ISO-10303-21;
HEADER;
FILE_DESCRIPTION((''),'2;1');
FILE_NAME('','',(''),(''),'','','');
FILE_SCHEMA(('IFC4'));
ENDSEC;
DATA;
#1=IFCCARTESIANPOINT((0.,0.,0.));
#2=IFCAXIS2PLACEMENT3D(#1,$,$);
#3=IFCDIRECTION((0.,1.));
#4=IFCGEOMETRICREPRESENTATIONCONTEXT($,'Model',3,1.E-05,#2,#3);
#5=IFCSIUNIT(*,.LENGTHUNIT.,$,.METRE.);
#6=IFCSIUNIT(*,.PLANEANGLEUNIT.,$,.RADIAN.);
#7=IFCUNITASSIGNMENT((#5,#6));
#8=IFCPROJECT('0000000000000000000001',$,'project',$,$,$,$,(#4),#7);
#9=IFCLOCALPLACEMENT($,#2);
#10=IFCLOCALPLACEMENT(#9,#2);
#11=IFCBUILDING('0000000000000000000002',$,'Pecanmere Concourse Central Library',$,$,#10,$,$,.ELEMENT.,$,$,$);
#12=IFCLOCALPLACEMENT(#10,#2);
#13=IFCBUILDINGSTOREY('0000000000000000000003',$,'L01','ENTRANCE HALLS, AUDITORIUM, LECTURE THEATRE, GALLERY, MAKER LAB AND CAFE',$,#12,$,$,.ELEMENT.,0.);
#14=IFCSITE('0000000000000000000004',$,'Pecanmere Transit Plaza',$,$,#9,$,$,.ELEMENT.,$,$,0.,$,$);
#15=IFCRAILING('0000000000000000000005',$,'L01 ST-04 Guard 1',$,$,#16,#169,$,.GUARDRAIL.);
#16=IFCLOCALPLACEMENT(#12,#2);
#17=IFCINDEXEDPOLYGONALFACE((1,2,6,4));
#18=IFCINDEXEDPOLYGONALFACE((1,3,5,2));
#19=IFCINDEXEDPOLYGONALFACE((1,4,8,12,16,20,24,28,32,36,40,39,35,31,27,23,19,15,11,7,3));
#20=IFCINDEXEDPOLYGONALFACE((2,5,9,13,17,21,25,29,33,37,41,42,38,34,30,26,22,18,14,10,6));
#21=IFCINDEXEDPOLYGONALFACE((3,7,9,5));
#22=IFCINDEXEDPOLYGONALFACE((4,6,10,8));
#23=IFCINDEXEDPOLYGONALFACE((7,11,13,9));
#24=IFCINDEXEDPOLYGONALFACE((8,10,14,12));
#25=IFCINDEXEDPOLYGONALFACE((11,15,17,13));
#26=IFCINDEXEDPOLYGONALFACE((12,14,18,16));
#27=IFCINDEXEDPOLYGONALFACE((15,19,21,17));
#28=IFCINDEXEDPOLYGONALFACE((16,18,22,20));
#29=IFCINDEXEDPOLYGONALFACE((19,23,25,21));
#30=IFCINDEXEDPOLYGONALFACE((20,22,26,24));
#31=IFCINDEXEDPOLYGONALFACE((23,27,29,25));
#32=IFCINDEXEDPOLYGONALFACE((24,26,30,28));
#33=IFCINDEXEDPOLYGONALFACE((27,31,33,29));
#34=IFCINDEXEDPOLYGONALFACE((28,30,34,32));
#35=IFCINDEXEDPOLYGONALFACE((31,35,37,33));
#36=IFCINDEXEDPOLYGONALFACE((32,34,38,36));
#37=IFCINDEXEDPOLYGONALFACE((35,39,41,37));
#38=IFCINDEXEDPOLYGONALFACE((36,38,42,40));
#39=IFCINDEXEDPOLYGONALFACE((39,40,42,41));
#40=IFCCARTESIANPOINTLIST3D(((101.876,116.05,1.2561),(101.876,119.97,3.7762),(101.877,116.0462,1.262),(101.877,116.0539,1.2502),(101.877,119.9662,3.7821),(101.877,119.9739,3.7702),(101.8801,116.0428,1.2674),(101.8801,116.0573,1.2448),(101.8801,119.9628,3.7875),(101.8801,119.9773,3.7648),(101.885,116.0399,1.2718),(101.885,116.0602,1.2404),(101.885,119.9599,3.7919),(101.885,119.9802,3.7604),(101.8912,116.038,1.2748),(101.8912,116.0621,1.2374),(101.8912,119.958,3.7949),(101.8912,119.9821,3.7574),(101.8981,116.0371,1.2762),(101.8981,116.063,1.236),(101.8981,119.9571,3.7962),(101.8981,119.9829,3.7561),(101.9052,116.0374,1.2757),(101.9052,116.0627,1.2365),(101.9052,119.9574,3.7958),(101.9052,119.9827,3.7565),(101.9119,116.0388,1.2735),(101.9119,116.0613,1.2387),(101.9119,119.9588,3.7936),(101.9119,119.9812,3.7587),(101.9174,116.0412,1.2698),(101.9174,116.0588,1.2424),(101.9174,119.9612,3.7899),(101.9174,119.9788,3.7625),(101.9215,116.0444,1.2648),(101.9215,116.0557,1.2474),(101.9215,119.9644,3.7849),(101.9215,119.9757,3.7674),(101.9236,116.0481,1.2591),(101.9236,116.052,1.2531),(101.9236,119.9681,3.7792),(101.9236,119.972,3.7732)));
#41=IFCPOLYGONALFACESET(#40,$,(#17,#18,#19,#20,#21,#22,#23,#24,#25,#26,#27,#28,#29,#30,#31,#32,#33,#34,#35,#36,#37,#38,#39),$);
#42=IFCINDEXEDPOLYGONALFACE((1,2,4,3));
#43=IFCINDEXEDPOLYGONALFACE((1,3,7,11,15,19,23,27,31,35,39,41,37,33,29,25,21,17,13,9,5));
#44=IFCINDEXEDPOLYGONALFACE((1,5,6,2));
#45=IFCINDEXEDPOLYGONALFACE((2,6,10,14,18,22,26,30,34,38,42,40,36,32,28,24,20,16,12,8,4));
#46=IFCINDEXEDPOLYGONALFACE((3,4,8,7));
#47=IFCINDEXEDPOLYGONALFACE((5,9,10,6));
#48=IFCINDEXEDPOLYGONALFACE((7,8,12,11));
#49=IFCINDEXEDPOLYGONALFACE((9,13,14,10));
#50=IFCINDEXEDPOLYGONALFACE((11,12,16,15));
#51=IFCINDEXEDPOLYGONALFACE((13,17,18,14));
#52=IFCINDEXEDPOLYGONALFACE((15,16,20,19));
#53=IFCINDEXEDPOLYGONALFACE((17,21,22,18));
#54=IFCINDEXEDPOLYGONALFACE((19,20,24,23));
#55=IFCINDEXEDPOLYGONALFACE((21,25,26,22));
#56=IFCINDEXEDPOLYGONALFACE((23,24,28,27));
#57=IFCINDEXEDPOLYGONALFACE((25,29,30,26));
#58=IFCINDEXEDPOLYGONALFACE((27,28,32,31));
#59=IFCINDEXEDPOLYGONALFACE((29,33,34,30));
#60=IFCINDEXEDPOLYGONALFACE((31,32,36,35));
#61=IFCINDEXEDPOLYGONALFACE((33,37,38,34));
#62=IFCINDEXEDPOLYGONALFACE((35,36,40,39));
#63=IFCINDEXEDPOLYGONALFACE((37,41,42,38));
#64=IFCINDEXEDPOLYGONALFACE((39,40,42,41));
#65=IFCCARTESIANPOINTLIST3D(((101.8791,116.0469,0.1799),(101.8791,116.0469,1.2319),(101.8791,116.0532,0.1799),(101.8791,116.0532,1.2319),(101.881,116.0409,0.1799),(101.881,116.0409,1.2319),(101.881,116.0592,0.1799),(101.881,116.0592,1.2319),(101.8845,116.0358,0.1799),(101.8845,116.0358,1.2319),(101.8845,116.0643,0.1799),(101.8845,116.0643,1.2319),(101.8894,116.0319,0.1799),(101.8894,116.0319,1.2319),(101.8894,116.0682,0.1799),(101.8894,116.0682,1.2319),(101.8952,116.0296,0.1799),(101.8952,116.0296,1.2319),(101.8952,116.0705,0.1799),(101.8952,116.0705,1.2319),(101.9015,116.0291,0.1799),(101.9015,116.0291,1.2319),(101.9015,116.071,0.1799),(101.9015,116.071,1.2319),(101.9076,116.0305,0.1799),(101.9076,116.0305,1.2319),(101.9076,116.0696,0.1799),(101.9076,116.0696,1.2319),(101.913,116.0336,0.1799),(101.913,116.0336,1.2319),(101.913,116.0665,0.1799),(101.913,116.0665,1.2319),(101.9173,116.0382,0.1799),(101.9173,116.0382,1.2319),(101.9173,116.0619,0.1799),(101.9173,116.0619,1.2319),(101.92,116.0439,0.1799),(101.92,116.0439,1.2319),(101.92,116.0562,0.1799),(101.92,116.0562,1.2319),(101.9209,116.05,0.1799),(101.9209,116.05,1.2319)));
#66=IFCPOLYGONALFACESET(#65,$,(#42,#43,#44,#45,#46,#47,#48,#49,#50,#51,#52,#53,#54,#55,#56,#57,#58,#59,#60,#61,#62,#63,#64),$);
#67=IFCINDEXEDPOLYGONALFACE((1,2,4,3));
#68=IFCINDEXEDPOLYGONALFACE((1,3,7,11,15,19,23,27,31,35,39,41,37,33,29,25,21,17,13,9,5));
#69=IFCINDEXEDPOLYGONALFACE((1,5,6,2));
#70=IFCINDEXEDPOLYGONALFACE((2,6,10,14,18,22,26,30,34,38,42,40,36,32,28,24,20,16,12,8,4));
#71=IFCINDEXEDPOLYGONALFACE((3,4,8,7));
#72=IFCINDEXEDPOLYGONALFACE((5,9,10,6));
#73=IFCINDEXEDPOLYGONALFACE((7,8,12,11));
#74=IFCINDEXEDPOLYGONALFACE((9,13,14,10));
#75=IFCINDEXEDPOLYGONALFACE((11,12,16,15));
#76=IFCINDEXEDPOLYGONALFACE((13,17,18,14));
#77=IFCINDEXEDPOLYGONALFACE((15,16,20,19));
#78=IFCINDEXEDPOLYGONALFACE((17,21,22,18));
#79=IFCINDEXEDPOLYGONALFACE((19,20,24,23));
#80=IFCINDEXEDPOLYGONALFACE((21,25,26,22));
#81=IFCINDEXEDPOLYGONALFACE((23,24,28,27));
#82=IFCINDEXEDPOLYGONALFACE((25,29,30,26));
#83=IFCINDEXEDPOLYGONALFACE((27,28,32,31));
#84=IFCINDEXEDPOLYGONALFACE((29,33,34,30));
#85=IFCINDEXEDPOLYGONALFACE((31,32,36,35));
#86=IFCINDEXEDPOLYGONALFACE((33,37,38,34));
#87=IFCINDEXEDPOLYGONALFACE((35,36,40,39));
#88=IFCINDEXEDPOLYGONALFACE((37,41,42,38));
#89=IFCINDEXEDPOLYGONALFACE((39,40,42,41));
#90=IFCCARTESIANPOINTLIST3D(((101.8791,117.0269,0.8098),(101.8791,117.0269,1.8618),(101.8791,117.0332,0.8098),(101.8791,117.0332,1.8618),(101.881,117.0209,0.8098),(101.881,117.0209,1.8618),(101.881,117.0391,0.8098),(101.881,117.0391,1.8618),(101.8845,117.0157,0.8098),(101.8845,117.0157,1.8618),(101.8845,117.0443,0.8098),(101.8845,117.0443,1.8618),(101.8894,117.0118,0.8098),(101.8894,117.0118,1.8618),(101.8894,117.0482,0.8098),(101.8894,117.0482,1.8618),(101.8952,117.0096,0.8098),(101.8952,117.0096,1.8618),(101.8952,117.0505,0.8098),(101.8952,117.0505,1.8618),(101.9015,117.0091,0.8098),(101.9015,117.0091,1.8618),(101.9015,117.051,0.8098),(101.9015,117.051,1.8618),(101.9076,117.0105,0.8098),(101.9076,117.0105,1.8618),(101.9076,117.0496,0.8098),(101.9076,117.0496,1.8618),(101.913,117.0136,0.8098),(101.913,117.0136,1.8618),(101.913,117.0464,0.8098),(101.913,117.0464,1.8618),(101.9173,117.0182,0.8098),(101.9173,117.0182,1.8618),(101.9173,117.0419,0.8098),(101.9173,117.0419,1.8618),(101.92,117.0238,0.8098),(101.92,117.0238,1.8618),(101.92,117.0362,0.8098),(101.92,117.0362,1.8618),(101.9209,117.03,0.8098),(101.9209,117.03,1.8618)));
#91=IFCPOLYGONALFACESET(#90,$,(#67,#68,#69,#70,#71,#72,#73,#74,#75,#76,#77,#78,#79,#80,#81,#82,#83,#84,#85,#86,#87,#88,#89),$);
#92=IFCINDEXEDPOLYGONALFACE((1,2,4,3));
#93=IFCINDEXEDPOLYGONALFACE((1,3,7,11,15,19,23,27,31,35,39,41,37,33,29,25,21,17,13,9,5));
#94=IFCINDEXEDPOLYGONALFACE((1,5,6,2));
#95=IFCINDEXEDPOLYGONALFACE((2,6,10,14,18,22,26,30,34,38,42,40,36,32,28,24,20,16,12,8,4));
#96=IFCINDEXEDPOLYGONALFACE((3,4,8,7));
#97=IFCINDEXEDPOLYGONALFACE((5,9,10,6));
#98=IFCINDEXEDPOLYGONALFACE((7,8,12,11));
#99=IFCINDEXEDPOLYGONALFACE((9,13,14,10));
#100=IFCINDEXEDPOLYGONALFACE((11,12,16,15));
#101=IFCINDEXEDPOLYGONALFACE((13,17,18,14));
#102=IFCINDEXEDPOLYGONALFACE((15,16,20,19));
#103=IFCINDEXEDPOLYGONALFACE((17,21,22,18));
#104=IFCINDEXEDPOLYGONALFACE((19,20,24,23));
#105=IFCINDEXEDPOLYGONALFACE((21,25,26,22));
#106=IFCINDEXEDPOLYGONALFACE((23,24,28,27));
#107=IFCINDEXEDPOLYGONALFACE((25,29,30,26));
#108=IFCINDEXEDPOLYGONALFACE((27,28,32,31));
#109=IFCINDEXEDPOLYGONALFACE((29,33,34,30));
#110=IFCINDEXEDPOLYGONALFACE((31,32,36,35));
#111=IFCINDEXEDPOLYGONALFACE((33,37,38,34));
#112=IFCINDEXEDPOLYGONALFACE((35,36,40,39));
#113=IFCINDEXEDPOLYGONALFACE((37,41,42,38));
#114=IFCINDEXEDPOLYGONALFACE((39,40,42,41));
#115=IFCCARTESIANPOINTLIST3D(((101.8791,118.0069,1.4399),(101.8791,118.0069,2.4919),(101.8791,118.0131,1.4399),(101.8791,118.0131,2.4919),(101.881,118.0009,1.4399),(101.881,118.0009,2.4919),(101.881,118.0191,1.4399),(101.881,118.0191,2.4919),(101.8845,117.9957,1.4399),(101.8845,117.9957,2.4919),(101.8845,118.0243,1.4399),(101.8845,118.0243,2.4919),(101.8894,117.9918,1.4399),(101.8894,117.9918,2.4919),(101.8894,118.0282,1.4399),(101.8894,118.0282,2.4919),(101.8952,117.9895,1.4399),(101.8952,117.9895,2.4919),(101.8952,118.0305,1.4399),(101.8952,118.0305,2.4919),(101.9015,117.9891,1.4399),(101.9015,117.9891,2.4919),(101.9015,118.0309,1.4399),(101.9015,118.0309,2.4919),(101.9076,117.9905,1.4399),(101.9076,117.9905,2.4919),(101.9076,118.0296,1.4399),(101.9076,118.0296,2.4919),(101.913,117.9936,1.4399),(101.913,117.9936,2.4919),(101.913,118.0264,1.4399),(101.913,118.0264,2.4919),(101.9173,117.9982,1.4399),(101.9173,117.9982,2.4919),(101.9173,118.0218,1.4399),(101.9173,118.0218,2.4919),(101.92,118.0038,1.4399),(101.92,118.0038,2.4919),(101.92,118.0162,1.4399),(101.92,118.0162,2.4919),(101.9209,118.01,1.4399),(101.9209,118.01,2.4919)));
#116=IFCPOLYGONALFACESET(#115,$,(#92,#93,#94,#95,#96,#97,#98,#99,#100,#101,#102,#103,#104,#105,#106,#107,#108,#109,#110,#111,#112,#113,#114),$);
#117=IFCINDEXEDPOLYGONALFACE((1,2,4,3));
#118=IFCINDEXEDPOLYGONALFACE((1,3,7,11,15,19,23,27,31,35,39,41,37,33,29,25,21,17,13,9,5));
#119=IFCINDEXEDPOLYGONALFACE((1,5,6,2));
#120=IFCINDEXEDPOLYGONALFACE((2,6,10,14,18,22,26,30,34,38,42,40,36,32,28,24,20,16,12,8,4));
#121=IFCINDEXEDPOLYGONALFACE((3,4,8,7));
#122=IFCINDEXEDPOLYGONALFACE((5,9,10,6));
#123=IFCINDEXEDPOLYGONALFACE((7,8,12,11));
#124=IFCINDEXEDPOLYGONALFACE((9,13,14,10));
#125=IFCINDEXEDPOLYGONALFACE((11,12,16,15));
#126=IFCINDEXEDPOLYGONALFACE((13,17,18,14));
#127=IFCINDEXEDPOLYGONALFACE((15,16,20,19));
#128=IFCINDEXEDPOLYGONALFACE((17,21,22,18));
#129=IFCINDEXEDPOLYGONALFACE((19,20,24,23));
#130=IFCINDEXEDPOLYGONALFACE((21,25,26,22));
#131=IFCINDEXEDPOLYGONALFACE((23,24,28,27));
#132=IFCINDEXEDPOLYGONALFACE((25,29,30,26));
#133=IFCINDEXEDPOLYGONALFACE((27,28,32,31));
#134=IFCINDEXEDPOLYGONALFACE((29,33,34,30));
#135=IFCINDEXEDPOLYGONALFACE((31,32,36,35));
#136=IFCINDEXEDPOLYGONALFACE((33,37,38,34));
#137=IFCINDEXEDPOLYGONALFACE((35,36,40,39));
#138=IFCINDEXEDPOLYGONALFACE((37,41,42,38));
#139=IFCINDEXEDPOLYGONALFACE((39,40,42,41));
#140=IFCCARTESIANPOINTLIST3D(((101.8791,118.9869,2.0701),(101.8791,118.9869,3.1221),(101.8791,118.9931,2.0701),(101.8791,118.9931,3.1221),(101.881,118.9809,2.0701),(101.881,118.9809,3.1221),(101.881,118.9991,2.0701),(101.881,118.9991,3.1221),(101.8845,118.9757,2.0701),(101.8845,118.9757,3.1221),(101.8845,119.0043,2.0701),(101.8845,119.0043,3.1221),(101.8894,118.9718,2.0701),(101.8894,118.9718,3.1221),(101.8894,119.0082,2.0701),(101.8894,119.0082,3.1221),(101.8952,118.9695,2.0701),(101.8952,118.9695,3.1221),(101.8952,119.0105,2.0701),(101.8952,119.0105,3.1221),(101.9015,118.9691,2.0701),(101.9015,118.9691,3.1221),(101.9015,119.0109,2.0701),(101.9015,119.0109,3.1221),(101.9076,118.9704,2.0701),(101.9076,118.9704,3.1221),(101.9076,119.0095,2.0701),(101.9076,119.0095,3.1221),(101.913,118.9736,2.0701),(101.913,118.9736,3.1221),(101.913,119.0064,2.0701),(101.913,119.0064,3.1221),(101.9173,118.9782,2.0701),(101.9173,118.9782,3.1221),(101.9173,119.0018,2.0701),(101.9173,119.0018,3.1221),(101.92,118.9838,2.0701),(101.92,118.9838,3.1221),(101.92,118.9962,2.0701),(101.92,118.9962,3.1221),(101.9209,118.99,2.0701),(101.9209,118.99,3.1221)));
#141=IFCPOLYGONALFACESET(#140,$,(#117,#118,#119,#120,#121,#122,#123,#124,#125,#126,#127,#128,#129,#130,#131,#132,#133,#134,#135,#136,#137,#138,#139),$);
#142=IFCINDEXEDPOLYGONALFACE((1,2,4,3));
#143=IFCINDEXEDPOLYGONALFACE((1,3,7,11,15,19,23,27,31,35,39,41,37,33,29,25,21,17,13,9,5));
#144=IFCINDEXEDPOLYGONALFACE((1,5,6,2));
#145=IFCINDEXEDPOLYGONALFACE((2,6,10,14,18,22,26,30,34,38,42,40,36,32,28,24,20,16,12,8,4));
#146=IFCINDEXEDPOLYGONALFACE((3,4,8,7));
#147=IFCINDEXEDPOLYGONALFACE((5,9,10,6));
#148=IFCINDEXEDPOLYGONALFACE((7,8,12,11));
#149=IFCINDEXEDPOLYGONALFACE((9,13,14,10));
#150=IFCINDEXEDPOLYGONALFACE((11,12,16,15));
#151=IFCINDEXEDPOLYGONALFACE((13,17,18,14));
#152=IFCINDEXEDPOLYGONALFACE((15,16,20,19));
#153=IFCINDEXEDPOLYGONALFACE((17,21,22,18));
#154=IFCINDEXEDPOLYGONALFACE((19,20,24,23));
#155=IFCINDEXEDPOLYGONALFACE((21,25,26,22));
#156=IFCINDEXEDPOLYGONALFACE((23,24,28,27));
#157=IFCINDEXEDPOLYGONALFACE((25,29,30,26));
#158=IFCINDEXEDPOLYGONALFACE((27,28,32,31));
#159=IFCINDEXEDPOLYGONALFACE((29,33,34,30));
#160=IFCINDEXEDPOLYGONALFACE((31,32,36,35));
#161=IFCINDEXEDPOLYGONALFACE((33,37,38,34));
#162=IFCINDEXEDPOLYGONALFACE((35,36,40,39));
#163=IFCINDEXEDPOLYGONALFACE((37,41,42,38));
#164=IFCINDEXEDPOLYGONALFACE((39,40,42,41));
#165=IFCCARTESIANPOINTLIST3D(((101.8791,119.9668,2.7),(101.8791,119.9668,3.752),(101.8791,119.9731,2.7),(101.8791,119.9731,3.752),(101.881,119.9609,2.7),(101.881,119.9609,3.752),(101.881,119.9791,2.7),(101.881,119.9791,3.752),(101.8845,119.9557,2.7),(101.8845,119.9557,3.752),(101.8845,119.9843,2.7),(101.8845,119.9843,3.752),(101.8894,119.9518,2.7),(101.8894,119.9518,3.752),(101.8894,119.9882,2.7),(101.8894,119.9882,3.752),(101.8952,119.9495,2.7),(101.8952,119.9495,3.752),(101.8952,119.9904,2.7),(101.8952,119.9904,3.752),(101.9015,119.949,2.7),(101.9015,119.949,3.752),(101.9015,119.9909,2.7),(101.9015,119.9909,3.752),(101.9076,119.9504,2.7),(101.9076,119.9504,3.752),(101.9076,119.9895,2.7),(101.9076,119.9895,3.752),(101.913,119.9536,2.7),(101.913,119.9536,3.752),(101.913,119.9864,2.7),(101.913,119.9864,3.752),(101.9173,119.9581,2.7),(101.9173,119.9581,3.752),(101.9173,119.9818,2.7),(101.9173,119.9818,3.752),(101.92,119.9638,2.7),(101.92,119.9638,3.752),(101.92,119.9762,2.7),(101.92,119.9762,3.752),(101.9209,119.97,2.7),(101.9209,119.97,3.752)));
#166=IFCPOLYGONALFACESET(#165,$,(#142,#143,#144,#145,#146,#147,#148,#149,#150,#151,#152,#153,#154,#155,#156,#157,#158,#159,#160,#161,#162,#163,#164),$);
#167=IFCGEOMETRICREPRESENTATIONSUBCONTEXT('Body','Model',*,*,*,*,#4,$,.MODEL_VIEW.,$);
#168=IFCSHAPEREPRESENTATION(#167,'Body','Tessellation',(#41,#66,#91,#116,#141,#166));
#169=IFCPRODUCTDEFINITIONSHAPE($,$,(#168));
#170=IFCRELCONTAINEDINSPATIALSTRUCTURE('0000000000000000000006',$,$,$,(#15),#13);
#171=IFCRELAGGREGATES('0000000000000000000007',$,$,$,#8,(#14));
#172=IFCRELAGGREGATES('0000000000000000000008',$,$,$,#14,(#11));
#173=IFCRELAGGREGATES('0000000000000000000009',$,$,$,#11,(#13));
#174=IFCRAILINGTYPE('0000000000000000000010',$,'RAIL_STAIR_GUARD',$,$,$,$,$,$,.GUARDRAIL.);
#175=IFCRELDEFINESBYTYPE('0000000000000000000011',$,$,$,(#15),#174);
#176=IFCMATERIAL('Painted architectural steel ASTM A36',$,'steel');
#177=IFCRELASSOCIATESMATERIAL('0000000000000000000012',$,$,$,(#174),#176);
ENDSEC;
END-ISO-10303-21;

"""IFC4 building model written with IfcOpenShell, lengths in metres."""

from ifc_helpers import new_model, si_unit, direction, frame, origin, origin_2d, place, context, subcontext, project, spatial, circle, extrude, material, type_object, element, save


model = new_model("IFC4")

# Units and contexts
model_context = context("Model", 3, precision=1e-05, world=origin(), true_north=direction((0.0, 1.0)))
body_context = subcontext(model_context, "Body", "Model", "MODEL_VIEW")
ifc_project = project(units=[si_unit("LENGTHUNIT", "METRE"), si_unit("PLANEANGLEUNIT", "RADIAN")], contexts=[model_context])

# Site, building, storey
site_placement = place(None, origin())
site = spatial("IfcSite", under=ifc_project, at=site_placement, Name="Pecanmere Transit Plaza", CompositionType="ELEMENT", RefElevation=0.0)
building_placement = place(site_placement, origin())
building = spatial("IfcBuilding", under=site, at=building_placement, Name="Pecanmere Concourse Central Library", CompositionType="ELEMENT")
storey_placement = place(building_placement, origin())
storey = spatial("IfcBuildingStorey", under=building, at=storey_placement, Name="L01", Description="ENTRANCE HALLS, AUDITORIUM, LECTURE THEATRE, GALLERY, MAKER LAB AND CAFE", CompositionType="ELEMENT", Elevation=0.0)

# Railing
ifc_material_1 = material(Name="Painted architectural steel ASTM A36", Category="steel")
railing_type = type_object("IfcRailingType", Name="RAIL_STAIR_GUARD", PredefinedType="GUARDRAIL", material=ifc_material_1)
railing_1_placement = place(storey_placement, frame((101.8999, 116.05, 0.1799)))
element("IfcRailing", 1, at=railing_1_placement, inside=storey, type_object=railing_type, Name="L01 ST-04 Guard 1", PredefinedType="GUARDRAIL", context=body_context, shape_type="SweptSolid", body=[
    extrude(circle(Radius=0.0239, at=origin_2d()), frame((0.0, 0.0, 1.0762), z_axis=(0.0, 0.841172, 0.540768), x_axis=(-1.0, 0.0, 0.0)), (0.0, 0.0, 1.0), 4.6602),
    extrude(circle(Radius=0.021, at=origin_2d()), origin(), (0.0, 0.0, 1.0), 1.052),
    extrude(circle(Radius=0.021, at=origin_2d()), frame((0.0, 0.98, 0.6299)), (0.0, 0.0, 1.0), 1.052),
    extrude(circle(Radius=0.021, at=origin_2d()), frame((0.0, 1.96, 1.26)), (0.0, 0.0, 1.0), 1.052),
    extrude(circle(Radius=0.021, at=origin_2d()), frame((0.0, 2.9399, 1.8901)), (0.0, 0.0, 1.0), 1.052),
    extrude(circle(Radius=0.021, at=origin_2d()), frame((0.0, 3.9199, 2.52)), (0.0, 0.0, 1.0), 1.052),
])

save(model, "model.ifc")
